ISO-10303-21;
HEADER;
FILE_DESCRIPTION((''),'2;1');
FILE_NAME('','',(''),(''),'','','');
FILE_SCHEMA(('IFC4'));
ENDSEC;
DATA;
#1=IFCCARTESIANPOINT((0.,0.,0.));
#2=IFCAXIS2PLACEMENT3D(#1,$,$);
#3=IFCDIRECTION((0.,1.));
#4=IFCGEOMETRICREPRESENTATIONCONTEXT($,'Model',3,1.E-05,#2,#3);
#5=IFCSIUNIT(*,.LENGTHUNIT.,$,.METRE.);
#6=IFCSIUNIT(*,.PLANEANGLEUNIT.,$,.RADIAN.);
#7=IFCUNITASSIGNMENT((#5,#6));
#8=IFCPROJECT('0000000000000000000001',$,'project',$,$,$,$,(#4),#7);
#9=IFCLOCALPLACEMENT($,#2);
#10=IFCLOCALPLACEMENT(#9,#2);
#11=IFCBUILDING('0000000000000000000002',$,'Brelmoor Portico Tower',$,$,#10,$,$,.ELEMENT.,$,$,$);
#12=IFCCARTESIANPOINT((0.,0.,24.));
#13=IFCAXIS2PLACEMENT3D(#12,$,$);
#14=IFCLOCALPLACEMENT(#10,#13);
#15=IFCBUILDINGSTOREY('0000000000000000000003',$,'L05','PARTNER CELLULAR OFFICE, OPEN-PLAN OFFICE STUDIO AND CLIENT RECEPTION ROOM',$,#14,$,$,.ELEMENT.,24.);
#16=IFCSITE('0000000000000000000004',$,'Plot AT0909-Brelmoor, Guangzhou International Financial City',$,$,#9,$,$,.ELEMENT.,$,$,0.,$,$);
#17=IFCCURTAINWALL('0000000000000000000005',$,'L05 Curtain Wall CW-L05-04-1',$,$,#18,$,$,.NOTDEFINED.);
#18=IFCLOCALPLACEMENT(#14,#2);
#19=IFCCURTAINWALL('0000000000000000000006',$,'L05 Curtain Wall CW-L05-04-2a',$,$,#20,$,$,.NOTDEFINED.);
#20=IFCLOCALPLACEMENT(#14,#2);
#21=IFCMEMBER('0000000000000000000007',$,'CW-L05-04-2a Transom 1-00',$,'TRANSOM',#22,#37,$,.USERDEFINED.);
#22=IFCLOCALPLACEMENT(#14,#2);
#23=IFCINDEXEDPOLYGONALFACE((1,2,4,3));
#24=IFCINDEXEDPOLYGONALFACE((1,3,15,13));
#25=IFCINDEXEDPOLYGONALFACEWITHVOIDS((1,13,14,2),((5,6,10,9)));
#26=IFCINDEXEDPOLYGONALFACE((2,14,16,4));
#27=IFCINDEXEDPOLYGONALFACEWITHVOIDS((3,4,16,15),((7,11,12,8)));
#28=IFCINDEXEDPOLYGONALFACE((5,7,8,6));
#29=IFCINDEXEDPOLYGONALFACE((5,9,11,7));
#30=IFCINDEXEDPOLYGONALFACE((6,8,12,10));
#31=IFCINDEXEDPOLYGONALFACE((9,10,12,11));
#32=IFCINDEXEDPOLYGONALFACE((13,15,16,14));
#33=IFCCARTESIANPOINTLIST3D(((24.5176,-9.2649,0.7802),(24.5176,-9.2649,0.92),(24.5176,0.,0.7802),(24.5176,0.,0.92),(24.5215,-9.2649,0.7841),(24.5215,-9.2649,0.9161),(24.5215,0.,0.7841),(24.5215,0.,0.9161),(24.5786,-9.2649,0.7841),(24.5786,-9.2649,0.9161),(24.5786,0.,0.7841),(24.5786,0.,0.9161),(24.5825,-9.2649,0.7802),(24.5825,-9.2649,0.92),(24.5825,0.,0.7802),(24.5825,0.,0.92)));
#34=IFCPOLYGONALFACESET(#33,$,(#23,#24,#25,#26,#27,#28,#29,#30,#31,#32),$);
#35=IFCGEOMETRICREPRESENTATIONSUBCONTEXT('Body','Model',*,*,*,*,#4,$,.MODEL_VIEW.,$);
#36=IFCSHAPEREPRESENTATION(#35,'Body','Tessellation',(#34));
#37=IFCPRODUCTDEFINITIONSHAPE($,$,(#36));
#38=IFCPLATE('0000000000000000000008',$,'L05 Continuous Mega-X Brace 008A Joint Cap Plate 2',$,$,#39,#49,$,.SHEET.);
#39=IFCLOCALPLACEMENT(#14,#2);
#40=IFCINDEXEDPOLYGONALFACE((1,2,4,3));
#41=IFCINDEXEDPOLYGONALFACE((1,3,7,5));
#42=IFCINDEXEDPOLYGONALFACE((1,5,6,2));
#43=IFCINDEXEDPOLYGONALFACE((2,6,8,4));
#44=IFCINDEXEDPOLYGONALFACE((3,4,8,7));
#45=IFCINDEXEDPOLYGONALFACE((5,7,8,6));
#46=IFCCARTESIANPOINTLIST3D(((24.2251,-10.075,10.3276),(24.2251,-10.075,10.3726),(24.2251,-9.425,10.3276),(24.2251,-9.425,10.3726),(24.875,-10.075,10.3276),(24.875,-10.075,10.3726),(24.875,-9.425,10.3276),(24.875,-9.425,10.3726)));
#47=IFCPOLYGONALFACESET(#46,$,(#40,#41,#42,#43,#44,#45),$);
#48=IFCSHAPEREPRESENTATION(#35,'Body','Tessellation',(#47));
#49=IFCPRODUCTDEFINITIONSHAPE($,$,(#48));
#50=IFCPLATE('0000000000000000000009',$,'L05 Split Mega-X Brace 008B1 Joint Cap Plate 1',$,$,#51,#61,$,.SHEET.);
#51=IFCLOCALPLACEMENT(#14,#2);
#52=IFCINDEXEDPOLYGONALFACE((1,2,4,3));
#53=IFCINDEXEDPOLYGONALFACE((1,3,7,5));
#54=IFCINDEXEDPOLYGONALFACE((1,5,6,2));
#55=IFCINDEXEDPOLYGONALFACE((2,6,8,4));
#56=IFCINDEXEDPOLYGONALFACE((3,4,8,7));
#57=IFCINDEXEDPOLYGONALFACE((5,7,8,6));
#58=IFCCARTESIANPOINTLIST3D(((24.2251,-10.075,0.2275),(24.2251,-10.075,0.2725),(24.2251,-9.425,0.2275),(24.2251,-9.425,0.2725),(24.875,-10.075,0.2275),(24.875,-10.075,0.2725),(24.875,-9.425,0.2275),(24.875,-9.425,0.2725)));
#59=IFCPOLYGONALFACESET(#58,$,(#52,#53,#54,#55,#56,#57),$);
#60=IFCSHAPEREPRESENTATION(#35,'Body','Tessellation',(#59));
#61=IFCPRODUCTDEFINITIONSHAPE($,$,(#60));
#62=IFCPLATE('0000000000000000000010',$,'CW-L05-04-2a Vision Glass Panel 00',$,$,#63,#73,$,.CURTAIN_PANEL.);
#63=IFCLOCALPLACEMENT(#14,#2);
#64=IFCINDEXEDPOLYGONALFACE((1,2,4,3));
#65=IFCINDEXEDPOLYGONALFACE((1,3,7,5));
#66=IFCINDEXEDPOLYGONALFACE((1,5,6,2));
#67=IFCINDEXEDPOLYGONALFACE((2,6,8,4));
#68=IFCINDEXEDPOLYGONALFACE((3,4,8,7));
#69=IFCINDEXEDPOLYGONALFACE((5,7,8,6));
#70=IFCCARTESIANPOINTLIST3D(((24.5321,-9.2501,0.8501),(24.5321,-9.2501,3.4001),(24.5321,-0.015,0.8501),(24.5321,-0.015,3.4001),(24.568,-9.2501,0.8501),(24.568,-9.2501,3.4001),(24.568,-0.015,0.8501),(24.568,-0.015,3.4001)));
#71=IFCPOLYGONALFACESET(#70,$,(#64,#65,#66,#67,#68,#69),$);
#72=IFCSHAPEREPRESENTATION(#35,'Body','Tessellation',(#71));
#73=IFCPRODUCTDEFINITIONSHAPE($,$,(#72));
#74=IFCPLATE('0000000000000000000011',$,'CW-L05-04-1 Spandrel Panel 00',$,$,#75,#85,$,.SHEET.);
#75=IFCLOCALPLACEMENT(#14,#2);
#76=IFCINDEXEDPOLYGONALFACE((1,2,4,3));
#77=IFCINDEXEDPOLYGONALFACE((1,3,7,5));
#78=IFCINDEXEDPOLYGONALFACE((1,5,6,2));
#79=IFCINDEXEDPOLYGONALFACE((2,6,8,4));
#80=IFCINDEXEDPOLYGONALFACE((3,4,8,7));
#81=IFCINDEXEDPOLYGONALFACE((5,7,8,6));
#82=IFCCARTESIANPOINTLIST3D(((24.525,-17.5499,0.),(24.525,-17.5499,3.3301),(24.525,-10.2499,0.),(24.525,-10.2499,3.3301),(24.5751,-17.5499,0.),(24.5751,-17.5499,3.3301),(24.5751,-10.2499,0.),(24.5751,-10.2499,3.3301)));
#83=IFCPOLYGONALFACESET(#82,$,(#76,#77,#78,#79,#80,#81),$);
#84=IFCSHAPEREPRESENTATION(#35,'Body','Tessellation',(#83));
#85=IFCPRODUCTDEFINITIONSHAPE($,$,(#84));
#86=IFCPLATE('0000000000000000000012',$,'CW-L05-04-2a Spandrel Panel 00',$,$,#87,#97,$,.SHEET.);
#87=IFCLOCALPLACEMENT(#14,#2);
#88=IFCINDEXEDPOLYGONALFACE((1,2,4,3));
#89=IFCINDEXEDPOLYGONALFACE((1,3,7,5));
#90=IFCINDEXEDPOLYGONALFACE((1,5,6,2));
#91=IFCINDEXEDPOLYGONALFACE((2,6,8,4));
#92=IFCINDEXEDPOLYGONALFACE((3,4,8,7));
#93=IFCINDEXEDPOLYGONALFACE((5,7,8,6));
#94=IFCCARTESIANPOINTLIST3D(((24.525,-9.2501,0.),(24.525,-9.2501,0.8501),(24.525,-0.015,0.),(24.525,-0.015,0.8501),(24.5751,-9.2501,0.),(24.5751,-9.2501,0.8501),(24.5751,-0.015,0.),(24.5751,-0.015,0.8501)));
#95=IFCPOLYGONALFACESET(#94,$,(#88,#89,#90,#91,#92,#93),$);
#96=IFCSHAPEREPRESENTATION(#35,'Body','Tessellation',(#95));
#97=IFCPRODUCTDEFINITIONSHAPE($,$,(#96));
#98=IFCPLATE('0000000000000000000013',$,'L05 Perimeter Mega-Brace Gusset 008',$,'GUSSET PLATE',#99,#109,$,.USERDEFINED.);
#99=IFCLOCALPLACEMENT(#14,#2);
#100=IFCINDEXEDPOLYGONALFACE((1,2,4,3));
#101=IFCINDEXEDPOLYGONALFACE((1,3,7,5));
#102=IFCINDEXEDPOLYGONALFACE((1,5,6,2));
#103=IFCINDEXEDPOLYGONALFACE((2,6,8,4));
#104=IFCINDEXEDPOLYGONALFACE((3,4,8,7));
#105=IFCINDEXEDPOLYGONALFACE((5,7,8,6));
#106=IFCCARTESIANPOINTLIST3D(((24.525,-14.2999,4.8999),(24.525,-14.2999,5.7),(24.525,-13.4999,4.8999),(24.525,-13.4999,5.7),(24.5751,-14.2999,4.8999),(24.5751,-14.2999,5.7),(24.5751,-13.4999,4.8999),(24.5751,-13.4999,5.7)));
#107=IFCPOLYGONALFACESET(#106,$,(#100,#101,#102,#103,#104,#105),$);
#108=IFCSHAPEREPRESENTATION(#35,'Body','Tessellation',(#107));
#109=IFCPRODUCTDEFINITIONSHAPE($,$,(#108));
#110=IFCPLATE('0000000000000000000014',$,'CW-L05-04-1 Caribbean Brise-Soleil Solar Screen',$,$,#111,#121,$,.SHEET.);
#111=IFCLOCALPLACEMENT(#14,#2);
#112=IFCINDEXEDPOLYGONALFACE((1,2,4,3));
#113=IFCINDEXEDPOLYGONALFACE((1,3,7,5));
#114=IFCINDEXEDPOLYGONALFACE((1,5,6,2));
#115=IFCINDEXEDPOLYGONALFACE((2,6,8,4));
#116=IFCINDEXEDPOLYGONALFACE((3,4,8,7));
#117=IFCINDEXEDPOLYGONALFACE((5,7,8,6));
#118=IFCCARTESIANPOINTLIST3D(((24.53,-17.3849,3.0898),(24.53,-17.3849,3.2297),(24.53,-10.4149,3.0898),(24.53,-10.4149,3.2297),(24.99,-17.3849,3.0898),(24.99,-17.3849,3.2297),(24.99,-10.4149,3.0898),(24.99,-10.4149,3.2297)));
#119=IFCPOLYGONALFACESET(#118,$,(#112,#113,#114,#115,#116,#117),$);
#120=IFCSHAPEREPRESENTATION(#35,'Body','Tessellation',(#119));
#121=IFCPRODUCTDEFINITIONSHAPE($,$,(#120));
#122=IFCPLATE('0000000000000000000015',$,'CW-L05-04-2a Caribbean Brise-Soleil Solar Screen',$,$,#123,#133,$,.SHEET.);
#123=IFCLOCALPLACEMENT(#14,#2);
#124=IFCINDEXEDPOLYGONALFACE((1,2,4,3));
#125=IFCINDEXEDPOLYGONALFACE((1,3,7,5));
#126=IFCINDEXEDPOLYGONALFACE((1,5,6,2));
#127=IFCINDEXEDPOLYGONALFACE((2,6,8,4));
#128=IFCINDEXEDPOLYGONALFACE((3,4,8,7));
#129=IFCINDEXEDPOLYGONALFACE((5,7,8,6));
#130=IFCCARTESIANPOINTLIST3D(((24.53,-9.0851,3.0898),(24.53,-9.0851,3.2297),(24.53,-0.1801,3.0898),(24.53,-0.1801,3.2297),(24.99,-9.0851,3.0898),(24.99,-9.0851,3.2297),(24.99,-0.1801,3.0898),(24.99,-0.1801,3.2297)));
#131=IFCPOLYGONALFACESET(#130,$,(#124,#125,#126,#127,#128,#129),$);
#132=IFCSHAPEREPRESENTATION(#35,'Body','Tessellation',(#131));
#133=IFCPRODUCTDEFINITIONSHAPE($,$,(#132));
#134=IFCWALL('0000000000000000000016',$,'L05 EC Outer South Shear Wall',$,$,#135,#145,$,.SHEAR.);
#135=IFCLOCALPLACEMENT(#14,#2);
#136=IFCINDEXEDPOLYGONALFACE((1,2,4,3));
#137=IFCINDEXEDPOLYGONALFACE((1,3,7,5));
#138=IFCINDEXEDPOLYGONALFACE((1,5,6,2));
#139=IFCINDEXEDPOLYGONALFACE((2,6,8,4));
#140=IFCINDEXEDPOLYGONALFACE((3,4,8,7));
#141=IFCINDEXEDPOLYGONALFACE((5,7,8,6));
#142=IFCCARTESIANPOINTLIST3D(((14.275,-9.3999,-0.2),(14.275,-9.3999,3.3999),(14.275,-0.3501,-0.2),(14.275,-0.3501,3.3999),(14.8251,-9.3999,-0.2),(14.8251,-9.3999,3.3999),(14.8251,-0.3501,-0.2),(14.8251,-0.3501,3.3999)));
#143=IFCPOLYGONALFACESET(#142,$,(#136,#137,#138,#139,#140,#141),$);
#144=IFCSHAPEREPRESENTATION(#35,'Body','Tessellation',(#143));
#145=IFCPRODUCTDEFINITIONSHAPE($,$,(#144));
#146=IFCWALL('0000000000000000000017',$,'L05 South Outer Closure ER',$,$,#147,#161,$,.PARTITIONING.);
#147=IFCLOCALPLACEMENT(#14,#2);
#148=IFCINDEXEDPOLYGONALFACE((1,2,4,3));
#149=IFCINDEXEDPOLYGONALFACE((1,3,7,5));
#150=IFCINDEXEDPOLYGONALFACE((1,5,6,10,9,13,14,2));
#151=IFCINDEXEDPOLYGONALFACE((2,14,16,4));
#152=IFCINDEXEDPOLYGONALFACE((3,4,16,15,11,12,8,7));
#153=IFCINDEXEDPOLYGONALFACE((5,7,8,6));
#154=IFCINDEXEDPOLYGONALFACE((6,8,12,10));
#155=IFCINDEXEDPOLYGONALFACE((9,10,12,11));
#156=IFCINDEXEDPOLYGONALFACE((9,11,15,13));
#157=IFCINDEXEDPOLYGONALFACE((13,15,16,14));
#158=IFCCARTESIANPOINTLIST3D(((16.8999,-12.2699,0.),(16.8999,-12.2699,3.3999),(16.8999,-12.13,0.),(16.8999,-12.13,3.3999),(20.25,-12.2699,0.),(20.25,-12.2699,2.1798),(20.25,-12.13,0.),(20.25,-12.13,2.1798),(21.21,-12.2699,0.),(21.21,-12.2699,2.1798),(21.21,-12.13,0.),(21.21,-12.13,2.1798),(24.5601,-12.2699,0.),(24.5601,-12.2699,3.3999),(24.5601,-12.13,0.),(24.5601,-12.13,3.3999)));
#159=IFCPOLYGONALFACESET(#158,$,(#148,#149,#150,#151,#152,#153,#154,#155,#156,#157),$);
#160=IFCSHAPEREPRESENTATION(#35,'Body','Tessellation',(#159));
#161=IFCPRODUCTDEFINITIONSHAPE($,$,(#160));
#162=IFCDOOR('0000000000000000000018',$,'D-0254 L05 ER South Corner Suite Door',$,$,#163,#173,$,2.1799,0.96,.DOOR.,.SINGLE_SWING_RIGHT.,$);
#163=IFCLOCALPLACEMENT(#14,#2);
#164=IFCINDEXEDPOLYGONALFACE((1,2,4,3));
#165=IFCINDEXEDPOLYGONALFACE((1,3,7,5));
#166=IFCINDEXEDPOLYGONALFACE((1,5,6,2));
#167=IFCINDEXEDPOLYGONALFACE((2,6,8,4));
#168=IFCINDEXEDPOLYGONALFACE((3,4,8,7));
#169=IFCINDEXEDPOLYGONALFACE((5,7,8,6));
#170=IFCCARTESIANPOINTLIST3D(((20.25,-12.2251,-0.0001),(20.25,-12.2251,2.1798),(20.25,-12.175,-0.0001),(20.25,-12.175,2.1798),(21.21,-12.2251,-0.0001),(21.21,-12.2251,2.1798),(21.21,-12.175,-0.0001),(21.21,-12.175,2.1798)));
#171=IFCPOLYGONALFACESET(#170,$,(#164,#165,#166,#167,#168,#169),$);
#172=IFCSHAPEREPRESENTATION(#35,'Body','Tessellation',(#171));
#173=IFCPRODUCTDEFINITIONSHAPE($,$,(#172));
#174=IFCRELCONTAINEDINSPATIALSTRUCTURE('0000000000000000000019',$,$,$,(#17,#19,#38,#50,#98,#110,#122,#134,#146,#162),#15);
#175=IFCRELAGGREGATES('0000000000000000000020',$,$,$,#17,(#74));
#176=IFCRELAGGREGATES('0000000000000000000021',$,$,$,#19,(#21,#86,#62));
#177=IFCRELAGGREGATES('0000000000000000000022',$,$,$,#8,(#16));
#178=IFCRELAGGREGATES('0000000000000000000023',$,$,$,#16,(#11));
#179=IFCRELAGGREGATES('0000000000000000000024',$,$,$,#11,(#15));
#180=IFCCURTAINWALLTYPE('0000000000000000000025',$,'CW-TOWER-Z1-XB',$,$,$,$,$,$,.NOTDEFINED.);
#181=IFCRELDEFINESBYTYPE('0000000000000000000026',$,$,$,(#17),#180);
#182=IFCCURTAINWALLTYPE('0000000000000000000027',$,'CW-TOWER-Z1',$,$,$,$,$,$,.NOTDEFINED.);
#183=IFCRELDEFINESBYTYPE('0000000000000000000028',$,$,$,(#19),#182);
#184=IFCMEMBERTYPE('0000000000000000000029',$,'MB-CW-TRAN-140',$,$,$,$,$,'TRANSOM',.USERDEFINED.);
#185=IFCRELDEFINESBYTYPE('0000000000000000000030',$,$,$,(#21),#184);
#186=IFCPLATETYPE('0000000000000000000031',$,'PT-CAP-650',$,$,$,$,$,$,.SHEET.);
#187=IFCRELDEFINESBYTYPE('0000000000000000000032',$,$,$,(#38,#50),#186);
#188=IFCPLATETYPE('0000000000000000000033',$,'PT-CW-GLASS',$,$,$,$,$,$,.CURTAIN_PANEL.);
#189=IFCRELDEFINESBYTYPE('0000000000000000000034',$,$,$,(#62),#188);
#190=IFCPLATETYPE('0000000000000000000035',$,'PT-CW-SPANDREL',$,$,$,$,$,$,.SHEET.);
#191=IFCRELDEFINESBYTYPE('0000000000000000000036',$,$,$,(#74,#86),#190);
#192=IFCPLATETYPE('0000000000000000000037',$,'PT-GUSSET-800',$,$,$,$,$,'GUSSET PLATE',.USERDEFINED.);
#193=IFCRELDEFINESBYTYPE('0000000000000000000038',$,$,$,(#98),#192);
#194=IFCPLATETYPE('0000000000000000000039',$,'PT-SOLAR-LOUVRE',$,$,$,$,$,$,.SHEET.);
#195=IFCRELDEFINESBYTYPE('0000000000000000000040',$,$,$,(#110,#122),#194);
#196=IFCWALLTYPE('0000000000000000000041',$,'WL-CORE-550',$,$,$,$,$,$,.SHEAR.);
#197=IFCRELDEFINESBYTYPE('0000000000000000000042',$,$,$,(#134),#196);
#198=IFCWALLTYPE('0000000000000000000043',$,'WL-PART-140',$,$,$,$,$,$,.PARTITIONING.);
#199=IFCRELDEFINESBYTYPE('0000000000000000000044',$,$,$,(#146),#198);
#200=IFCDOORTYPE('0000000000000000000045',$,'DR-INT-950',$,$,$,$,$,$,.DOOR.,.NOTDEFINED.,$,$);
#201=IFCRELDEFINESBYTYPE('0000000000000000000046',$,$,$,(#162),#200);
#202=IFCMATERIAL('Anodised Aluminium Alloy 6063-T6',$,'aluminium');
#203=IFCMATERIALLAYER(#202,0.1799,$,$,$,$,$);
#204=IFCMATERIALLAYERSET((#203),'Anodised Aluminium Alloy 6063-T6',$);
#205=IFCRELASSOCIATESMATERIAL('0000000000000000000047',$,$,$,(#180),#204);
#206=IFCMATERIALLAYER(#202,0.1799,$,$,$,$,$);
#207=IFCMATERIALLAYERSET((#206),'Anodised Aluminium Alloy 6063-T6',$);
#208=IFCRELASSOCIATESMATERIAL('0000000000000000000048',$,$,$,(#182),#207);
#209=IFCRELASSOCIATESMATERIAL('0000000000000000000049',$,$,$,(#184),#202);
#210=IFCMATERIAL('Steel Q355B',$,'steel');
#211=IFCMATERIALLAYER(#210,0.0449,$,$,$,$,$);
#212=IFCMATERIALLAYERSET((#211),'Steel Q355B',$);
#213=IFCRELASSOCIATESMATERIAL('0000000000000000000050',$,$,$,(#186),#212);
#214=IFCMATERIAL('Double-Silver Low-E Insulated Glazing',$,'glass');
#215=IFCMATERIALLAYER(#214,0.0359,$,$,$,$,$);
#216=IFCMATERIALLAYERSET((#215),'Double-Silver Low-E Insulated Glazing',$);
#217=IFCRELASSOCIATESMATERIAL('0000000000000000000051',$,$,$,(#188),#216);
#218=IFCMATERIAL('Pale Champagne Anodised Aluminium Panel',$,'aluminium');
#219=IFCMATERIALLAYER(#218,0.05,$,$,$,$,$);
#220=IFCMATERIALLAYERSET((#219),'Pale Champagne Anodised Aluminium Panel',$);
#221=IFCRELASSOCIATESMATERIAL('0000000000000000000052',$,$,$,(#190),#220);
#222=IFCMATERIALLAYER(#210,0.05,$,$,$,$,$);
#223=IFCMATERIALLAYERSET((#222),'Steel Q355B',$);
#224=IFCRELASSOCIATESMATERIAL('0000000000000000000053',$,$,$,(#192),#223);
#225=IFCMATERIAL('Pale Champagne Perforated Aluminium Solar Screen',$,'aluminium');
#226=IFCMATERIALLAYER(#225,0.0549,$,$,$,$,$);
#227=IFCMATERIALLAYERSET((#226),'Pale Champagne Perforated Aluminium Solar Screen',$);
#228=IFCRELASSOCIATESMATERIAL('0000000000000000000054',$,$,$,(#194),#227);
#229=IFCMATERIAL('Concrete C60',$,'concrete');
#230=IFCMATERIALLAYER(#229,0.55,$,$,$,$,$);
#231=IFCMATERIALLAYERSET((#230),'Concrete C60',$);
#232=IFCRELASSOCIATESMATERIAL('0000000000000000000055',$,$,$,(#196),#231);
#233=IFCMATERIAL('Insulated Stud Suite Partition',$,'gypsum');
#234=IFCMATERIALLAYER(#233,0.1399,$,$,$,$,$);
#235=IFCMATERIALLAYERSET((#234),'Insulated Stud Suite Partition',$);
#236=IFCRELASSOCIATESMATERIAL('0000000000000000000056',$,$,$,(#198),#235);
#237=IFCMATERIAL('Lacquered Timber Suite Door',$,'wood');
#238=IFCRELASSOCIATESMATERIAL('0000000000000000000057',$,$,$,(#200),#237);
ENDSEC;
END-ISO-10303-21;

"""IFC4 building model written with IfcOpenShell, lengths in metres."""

from ifc_helpers import new_model, si_unit, direction, frame, frame_2d, origin, origin_2d, place, context, subcontext, project, spatial, rectangle, hollow_rectangle, extrude, material, layer, layer_set, material_profile, profile_set, type_object, element, fill, aggregate, save


model = new_model("IFC4")

# Units and contexts
model_context = context("Model", 3, precision=1e-05, world=origin(), true_north=direction((0.0, 1.0)))
body_context = subcontext(model_context, "Body", "Model", "MODEL_VIEW")
ifc_project = project(units=[si_unit("LENGTHUNIT", "METRE"), si_unit("PLANEANGLEUNIT", "RADIAN")], contexts=[model_context])

# Site, building, storey
site_placement = place(None, origin())
site = spatial("IfcSite", under=ifc_project, at=site_placement, Name="Plot AT0909-Brelmoor, Guangzhou International Financial City", CompositionType="ELEMENT", RefElevation=0.0)
building_placement = place(site_placement, origin())
building = spatial("IfcBuilding", under=site, at=building_placement, Name="Brelmoor Portico Tower", CompositionType="ELEMENT")
storey_placement = place(building_placement, frame((0.0, 0.0, 24.0)))
storey = spatial("IfcBuildingStorey", under=building, at=storey_placement, Name="L05", Description="PARTNER CELLULAR OFFICE, OPEN-PLAN OFFICE STUDIO AND CLIENT RECEPTION ROOM", CompositionType="ELEMENT", Elevation=24.0)

# Shared definitions
ifc_material_1 = material(Name="Steel Q355B", Category="steel")

# Curtain wall
ifc_material_2 = material(Name="Anodised Aluminium Alloy 6063-T6", Category="aluminium")
ifc_layer_1 = layer(ifc_material_2, 0.1799)
ifc_layer_set_1 = layer_set([ifc_layer_1], Name="Anodised Aluminium Alloy 6063-T6")
curtain_wall_type_1 = type_object("IfcCurtainWallType", Name="CW-TOWER-Z1-XB", PredefinedType="NOTDEFINED", material=ifc_layer_set_1)
curtain_wall_1_placement = place(storey_placement, origin())
curtain_wall_1 = element("IfcCurtainWall", 1, at=curtain_wall_1_placement, inside=storey, type_object=curtain_wall_type_1, Name="L05 Curtain Wall CW-L05-04-1", PredefinedType="NOTDEFINED")

# Curtain wall
ifc_layer_2 = layer(ifc_material_2, 0.1799)
ifc_layer_set_2 = layer_set([ifc_layer_2], Name="Anodised Aluminium Alloy 6063-T6")
curtain_wall_type_2 = type_object("IfcCurtainWallType", Name="CW-TOWER-Z1", PredefinedType="NOTDEFINED", material=ifc_layer_set_2)
curtain_wall_2_placement = place(storey_placement, origin())
curtain_wall_2 = element("IfcCurtainWall", 2, at=curtain_wall_2_placement, inside=storey, type_object=curtain_wall_type_2, Name="L05 Curtain Wall CW-L05-04-2a", PredefinedType="NOTDEFINED")

# Member
ifc_material_profile_1 = material_profile(ifc_material_2, hollow_rectangle(XDim=0.0649, YDim=0.1399, WallThickness=0.0039, at=origin_2d()), Name="ALU TRANSOM 65x140")
ifc_profile_set_1 = profile_set([ifc_material_profile_1], Name="Anodised Aluminium Alloy 6063-T6")
member_type_1 = type_object("IfcMemberType", Name="MB-CW-TRAN-140", ElementType="TRANSOM", PredefinedType="USERDEFINED", material=ifc_profile_set_1)
member_1_placement = place(storey_placement, frame((24.55, -9.2649, 0.8501), z_axis=(0.0, 1.0, 0.0), x_axis=(-1.0, 0.0, 0.0)))
member_1 = element("IfcMember", 3, at=member_1_placement, type_object=member_type_1, Name="CW-L05-04-2a Transom 1-00", ObjectType="TRANSOM", PredefinedType="USERDEFINED", context=body_context, shape_type="SweptSolid", body=[
    extrude(hollow_rectangle(XDim=0.0649, YDim=0.1399, WallThickness=0.0039, at=origin_2d()), origin(), (0.0, 0.0, 1.0), 9.2649),
])

# Plates
ifc_layer_3 = layer(ifc_material_1, 0.0449)
ifc_layer_set_3 = layer_set([ifc_layer_3], Name="Steel Q355B")
plate_type_1 = type_object("IfcPlateType", Name="PT-CAP-650", PredefinedType="SHEET", material=ifc_layer_set_3)
for number, where, z_axis, x_axis, name in (
    (4, (24.55, -9.75, 10.3276), (0.0, 0.0, 1.0), (1.0, 0.0, 0.0), "L05 Continuous Mega-X Brace 008A Joint Cap Plate 2"),
    (5, (24.55, -9.75, 0.2275), (0.0, 0.0, 1.0), (1.0, 0.0, 0.0), "L05 Split Mega-X Brace 008B1 Joint Cap Plate 1"),
):
    element("IfcPlate", number, at=place(storey_placement, frame(where, z_axis=z_axis, x_axis=x_axis)), inside=storey, type_object=plate_type_1, Name=name, PredefinedType="SHEET", context=body_context, shape_type="SweptSolid", body=[
        extrude(rectangle(XDim=0.6499, YDim=0.6499, at=origin_2d()), origin(), (0.0, 0.0, 1.0), 0.0449),
    ])

# Plates
ifc_material_3 = material(Name="Double-Silver Low-E Insulated Glazing", Category="glass")
ifc_layer_4 = layer(ifc_material_3, 0.0359)
ifc_layer_set_4 = layer_set([ifc_layer_4], Name="Double-Silver Low-E Insulated Glazing")
plate_type_2 = type_object("IfcPlateType", Name="PT-CW-GLASS", PredefinedType="CURTAIN_PANEL", material=ifc_layer_set_4)
plate_1_placement = place(storey_placement, frame((24.55, -4.6326, 0.8501), z_axis=(0.0, 0.0, 1.0), x_axis=(0.0, 1.0, 0.0)))
plate_1 = element("IfcPlate", 6, at=plate_1_placement, type_object=plate_type_2, Name="CW-L05-04-2a Vision Glass Panel 00", PredefinedType="CURTAIN_PANEL", context=body_context, shape_type="SweptSolid", body=[
    extrude(rectangle(XDim=9.2351, YDim=0.0359, at=origin_2d()), origin(), (0.0, 0.0, 1.0), 2.55),
])
ifc_material_4 = material(Name="Pale Champagne Anodised Aluminium Panel", Category="aluminium")
ifc_layer_5 = layer(ifc_material_4, 0.05)
ifc_layer_set_5 = layer_set([ifc_layer_5], Name="Pale Champagne Anodised Aluminium Panel")
plate_type_3 = type_object("IfcPlateType", Name="PT-CW-SPANDREL", PredefinedType="SHEET", material=ifc_layer_set_5)
plate_2_placement = place(storey_placement, frame((24.55, -13.8999, 0.0), z_axis=(0.0, 0.0, 1.0), x_axis=(0.0, 1.0, 0.0)))
plate_2 = element("IfcPlate", 7, at=plate_2_placement, type_object=plate_type_3, Name="CW-L05-04-1 Spandrel Panel 00", PredefinedType="SHEET", context=body_context, shape_type="SweptSolid", body=[
    extrude(rectangle(XDim=7.3, YDim=0.05, at=origin_2d()), origin(), (0.0, 0.0, 1.0), 3.3301),
])
aggregate(curtain_wall_1, [plate_2])
plate_3_placement = place(storey_placement, frame((24.55, -4.6326, 0.0), z_axis=(0.0, 0.0, 1.0), x_axis=(0.0, 1.0, 0.0)))
plate_3 = element("IfcPlate", 8, at=plate_3_placement, type_object=plate_type_3, Name="CW-L05-04-2a Spandrel Panel 00", PredefinedType="SHEET", context=body_context, shape_type="SweptSolid", body=[
    extrude(rectangle(XDim=9.2351, YDim=0.05, at=origin_2d()), origin(), (0.0, 0.0, 1.0), 0.8501),
])
aggregate(curtain_wall_2, [member_1, plate_3, plate_1])

# Plates
ifc_layer_6 = layer(ifc_material_1, 0.05)
ifc_layer_set_6 = layer_set([ifc_layer_6], Name="Steel Q355B")
plate_type_4 = type_object("IfcPlateType", Name="PT-GUSSET-800", ElementType="GUSSET PLATE", PredefinedType="USERDEFINED", material=ifc_layer_set_6)
plate_4_placement = place(storey_placement, frame((24.55, -13.8999, 4.8999), z_axis=(0.0, 0.0, 1.0), x_axis=(1.0, 0.0, 0.0)))
element("IfcPlate", 9, at=plate_4_placement, inside=storey, type_object=plate_type_4, Name="L05 Perimeter Mega-Brace Gusset 008", ObjectType="GUSSET PLATE", PredefinedType="USERDEFINED", context=body_context, shape_type="SweptSolid", body=[
    extrude(rectangle(XDim=0.05, YDim=0.8, at=origin_2d()), origin(), (0.0, 0.0, 1.0), 0.8),
])
ifc_material_5 = material(Name="Pale Champagne Perforated Aluminium Solar Screen", Category="aluminium")
ifc_layer_7 = layer(ifc_material_5, 0.0549)
ifc_layer_set_7 = layer_set([ifc_layer_7], Name="Pale Champagne Perforated Aluminium Solar Screen")
plate_type_5 = type_object("IfcPlateType", Name="PT-SOLAR-LOUVRE", PredefinedType="SHEET", material=ifc_layer_set_7)
plate_5_placement = place(storey_placement, frame((24.76, -13.8999, 3.0898), z_axis=(0.0, 0.0, 1.0), x_axis=(0.0, 1.0, 0.0)))
element("IfcPlate", 10, at=plate_5_placement, inside=storey, type_object=plate_type_5, Name="CW-L05-04-1 Caribbean Brise-Soleil Solar Screen", PredefinedType="SHEET", context=body_context, shape_type="SweptSolid", body=[
    extrude(rectangle(XDim=6.97, YDim=0.46, at=origin_2d()), origin(), (0.0, 0.0, 1.0), 0.1399),
])
plate_6_placement = place(storey_placement, frame((24.76, -4.6326, 3.0898), z_axis=(0.0, 0.0, 1.0), x_axis=(0.0, 1.0, 0.0)))
element("IfcPlate", 11, at=plate_6_placement, inside=storey, type_object=plate_type_5, Name="CW-L05-04-2a Caribbean Brise-Soleil Solar Screen", PredefinedType="SHEET", context=body_context, shape_type="SweptSolid", body=[
    extrude(rectangle(XDim=8.905, YDim=0.46, at=origin_2d()), origin(), (0.0, 0.0, 1.0), 0.1399),
])

# Wall
ifc_material_6 = material(Name="Concrete C60", Category="concrete")
ifc_layer_8 = layer(ifc_material_6, 0.55)
ifc_layer_set_8 = layer_set([ifc_layer_8], Name="Concrete C60")
wall_type_1 = type_object("IfcWallType", Name="WL-CORE-550", PredefinedType="SHEAR", material=ifc_layer_set_8)
wall_1_placement = place(storey_placement, frame((14.55, -9.3999, -0.2), z_axis=(0.0, 0.0, 1.0), x_axis=(0.0, 1.0, 0.0)))
element("IfcWall", 12, at=wall_1_placement, inside=storey, type_object=wall_type_1, Name="L05 EC Outer South Shear Wall", PredefinedType="SHEAR", context=body_context, shape_type="SweptSolid", body=[
    extrude(rectangle(XDim=9.0498, YDim=0.55, at=frame_2d((4.5249, 0.0))), origin(), (0.0, 0.0, 1.0), 3.5999),
])

# Wall, opening, door
ifc_material_7 = material(Name="Insulated Stud Suite Partition", Category="gypsum")
ifc_layer_9 = layer(ifc_material_7, 0.1399)
ifc_layer_set_9 = layer_set([ifc_layer_9], Name="Insulated Stud Suite Partition")
wall_type_2 = type_object("IfcWallType", Name="WL-PART-140", PredefinedType="PARTITIONING", material=ifc_layer_set_9)
wall_2_placement = place(storey_placement, frame((16.8999, -12.2, 0.0), z_axis=(0.0, 0.0, 1.0), x_axis=(1.0, 0.0, 0.0)))
wall_2 = element("IfcWall", 13, at=wall_2_placement, inside=storey, type_object=wall_type_2, Name="L05 South Outer Closure ER", PredefinedType="PARTITIONING", context=body_context, shape_type="SweptSolid", body=[
    extrude(rectangle(XDim=7.6602, YDim=0.1399, at=frame_2d((3.8301, 0.0))), origin(), (0.0, 0.0, 1.0), 3.3999),
])
opening_1_placement = place(wall_2_placement, frame((3.3501, 0.0, 0.0)))
opening_1 = element("IfcOpeningElement", 14, at=opening_1_placement, cuts=wall_2, PredefinedType="OPENING", context=body_context, shape_type="SweptSolid", body=[
    extrude(rectangle(XDim=0.96, YDim=2.1799, at=frame_2d((0.48, 1.0898))), frame((0.0, 0.0798, 0.0), z_axis=(0.0, -1.0, 0.0), x_axis=(1.0, 0.0, 0.0)), (0.0, 0.0, 1.0), 0.1599),
])
ifc_material_8 = material(Name="Lacquered Timber Suite Door", Category="wood")
door_type_1 = type_object("IfcDoorType", Name="DR-INT-950", OperationType="NOTDEFINED", PredefinedType="DOOR", material=ifc_material_8)
door_1_placement = place(opening_1_placement, origin())
door_1 = element("IfcDoor", 15, at=door_1_placement, inside=storey, type_object=door_type_1, Name="D-0254 L05 ER South Corner Suite Door", OperationType="SINGLE_SWING_RIGHT", OverallHeight=2.1799, OverallWidth=0.96, PredefinedType="DOOR", context=body_context, shape_type="SweptSolid", body=[
    extrude(rectangle(XDim=0.96, YDim=2.1799, at=frame_2d((0.48, 1.0898))), frame((0.0, 0.0249, 0.0), z_axis=(0.0, -1.0, 0.0), x_axis=(1.0, 0.0, 0.0)), (0.0, 0.0, 1.0), 0.05),
])
fill(opening_1, door_1)

save(model, "model.ifc")
